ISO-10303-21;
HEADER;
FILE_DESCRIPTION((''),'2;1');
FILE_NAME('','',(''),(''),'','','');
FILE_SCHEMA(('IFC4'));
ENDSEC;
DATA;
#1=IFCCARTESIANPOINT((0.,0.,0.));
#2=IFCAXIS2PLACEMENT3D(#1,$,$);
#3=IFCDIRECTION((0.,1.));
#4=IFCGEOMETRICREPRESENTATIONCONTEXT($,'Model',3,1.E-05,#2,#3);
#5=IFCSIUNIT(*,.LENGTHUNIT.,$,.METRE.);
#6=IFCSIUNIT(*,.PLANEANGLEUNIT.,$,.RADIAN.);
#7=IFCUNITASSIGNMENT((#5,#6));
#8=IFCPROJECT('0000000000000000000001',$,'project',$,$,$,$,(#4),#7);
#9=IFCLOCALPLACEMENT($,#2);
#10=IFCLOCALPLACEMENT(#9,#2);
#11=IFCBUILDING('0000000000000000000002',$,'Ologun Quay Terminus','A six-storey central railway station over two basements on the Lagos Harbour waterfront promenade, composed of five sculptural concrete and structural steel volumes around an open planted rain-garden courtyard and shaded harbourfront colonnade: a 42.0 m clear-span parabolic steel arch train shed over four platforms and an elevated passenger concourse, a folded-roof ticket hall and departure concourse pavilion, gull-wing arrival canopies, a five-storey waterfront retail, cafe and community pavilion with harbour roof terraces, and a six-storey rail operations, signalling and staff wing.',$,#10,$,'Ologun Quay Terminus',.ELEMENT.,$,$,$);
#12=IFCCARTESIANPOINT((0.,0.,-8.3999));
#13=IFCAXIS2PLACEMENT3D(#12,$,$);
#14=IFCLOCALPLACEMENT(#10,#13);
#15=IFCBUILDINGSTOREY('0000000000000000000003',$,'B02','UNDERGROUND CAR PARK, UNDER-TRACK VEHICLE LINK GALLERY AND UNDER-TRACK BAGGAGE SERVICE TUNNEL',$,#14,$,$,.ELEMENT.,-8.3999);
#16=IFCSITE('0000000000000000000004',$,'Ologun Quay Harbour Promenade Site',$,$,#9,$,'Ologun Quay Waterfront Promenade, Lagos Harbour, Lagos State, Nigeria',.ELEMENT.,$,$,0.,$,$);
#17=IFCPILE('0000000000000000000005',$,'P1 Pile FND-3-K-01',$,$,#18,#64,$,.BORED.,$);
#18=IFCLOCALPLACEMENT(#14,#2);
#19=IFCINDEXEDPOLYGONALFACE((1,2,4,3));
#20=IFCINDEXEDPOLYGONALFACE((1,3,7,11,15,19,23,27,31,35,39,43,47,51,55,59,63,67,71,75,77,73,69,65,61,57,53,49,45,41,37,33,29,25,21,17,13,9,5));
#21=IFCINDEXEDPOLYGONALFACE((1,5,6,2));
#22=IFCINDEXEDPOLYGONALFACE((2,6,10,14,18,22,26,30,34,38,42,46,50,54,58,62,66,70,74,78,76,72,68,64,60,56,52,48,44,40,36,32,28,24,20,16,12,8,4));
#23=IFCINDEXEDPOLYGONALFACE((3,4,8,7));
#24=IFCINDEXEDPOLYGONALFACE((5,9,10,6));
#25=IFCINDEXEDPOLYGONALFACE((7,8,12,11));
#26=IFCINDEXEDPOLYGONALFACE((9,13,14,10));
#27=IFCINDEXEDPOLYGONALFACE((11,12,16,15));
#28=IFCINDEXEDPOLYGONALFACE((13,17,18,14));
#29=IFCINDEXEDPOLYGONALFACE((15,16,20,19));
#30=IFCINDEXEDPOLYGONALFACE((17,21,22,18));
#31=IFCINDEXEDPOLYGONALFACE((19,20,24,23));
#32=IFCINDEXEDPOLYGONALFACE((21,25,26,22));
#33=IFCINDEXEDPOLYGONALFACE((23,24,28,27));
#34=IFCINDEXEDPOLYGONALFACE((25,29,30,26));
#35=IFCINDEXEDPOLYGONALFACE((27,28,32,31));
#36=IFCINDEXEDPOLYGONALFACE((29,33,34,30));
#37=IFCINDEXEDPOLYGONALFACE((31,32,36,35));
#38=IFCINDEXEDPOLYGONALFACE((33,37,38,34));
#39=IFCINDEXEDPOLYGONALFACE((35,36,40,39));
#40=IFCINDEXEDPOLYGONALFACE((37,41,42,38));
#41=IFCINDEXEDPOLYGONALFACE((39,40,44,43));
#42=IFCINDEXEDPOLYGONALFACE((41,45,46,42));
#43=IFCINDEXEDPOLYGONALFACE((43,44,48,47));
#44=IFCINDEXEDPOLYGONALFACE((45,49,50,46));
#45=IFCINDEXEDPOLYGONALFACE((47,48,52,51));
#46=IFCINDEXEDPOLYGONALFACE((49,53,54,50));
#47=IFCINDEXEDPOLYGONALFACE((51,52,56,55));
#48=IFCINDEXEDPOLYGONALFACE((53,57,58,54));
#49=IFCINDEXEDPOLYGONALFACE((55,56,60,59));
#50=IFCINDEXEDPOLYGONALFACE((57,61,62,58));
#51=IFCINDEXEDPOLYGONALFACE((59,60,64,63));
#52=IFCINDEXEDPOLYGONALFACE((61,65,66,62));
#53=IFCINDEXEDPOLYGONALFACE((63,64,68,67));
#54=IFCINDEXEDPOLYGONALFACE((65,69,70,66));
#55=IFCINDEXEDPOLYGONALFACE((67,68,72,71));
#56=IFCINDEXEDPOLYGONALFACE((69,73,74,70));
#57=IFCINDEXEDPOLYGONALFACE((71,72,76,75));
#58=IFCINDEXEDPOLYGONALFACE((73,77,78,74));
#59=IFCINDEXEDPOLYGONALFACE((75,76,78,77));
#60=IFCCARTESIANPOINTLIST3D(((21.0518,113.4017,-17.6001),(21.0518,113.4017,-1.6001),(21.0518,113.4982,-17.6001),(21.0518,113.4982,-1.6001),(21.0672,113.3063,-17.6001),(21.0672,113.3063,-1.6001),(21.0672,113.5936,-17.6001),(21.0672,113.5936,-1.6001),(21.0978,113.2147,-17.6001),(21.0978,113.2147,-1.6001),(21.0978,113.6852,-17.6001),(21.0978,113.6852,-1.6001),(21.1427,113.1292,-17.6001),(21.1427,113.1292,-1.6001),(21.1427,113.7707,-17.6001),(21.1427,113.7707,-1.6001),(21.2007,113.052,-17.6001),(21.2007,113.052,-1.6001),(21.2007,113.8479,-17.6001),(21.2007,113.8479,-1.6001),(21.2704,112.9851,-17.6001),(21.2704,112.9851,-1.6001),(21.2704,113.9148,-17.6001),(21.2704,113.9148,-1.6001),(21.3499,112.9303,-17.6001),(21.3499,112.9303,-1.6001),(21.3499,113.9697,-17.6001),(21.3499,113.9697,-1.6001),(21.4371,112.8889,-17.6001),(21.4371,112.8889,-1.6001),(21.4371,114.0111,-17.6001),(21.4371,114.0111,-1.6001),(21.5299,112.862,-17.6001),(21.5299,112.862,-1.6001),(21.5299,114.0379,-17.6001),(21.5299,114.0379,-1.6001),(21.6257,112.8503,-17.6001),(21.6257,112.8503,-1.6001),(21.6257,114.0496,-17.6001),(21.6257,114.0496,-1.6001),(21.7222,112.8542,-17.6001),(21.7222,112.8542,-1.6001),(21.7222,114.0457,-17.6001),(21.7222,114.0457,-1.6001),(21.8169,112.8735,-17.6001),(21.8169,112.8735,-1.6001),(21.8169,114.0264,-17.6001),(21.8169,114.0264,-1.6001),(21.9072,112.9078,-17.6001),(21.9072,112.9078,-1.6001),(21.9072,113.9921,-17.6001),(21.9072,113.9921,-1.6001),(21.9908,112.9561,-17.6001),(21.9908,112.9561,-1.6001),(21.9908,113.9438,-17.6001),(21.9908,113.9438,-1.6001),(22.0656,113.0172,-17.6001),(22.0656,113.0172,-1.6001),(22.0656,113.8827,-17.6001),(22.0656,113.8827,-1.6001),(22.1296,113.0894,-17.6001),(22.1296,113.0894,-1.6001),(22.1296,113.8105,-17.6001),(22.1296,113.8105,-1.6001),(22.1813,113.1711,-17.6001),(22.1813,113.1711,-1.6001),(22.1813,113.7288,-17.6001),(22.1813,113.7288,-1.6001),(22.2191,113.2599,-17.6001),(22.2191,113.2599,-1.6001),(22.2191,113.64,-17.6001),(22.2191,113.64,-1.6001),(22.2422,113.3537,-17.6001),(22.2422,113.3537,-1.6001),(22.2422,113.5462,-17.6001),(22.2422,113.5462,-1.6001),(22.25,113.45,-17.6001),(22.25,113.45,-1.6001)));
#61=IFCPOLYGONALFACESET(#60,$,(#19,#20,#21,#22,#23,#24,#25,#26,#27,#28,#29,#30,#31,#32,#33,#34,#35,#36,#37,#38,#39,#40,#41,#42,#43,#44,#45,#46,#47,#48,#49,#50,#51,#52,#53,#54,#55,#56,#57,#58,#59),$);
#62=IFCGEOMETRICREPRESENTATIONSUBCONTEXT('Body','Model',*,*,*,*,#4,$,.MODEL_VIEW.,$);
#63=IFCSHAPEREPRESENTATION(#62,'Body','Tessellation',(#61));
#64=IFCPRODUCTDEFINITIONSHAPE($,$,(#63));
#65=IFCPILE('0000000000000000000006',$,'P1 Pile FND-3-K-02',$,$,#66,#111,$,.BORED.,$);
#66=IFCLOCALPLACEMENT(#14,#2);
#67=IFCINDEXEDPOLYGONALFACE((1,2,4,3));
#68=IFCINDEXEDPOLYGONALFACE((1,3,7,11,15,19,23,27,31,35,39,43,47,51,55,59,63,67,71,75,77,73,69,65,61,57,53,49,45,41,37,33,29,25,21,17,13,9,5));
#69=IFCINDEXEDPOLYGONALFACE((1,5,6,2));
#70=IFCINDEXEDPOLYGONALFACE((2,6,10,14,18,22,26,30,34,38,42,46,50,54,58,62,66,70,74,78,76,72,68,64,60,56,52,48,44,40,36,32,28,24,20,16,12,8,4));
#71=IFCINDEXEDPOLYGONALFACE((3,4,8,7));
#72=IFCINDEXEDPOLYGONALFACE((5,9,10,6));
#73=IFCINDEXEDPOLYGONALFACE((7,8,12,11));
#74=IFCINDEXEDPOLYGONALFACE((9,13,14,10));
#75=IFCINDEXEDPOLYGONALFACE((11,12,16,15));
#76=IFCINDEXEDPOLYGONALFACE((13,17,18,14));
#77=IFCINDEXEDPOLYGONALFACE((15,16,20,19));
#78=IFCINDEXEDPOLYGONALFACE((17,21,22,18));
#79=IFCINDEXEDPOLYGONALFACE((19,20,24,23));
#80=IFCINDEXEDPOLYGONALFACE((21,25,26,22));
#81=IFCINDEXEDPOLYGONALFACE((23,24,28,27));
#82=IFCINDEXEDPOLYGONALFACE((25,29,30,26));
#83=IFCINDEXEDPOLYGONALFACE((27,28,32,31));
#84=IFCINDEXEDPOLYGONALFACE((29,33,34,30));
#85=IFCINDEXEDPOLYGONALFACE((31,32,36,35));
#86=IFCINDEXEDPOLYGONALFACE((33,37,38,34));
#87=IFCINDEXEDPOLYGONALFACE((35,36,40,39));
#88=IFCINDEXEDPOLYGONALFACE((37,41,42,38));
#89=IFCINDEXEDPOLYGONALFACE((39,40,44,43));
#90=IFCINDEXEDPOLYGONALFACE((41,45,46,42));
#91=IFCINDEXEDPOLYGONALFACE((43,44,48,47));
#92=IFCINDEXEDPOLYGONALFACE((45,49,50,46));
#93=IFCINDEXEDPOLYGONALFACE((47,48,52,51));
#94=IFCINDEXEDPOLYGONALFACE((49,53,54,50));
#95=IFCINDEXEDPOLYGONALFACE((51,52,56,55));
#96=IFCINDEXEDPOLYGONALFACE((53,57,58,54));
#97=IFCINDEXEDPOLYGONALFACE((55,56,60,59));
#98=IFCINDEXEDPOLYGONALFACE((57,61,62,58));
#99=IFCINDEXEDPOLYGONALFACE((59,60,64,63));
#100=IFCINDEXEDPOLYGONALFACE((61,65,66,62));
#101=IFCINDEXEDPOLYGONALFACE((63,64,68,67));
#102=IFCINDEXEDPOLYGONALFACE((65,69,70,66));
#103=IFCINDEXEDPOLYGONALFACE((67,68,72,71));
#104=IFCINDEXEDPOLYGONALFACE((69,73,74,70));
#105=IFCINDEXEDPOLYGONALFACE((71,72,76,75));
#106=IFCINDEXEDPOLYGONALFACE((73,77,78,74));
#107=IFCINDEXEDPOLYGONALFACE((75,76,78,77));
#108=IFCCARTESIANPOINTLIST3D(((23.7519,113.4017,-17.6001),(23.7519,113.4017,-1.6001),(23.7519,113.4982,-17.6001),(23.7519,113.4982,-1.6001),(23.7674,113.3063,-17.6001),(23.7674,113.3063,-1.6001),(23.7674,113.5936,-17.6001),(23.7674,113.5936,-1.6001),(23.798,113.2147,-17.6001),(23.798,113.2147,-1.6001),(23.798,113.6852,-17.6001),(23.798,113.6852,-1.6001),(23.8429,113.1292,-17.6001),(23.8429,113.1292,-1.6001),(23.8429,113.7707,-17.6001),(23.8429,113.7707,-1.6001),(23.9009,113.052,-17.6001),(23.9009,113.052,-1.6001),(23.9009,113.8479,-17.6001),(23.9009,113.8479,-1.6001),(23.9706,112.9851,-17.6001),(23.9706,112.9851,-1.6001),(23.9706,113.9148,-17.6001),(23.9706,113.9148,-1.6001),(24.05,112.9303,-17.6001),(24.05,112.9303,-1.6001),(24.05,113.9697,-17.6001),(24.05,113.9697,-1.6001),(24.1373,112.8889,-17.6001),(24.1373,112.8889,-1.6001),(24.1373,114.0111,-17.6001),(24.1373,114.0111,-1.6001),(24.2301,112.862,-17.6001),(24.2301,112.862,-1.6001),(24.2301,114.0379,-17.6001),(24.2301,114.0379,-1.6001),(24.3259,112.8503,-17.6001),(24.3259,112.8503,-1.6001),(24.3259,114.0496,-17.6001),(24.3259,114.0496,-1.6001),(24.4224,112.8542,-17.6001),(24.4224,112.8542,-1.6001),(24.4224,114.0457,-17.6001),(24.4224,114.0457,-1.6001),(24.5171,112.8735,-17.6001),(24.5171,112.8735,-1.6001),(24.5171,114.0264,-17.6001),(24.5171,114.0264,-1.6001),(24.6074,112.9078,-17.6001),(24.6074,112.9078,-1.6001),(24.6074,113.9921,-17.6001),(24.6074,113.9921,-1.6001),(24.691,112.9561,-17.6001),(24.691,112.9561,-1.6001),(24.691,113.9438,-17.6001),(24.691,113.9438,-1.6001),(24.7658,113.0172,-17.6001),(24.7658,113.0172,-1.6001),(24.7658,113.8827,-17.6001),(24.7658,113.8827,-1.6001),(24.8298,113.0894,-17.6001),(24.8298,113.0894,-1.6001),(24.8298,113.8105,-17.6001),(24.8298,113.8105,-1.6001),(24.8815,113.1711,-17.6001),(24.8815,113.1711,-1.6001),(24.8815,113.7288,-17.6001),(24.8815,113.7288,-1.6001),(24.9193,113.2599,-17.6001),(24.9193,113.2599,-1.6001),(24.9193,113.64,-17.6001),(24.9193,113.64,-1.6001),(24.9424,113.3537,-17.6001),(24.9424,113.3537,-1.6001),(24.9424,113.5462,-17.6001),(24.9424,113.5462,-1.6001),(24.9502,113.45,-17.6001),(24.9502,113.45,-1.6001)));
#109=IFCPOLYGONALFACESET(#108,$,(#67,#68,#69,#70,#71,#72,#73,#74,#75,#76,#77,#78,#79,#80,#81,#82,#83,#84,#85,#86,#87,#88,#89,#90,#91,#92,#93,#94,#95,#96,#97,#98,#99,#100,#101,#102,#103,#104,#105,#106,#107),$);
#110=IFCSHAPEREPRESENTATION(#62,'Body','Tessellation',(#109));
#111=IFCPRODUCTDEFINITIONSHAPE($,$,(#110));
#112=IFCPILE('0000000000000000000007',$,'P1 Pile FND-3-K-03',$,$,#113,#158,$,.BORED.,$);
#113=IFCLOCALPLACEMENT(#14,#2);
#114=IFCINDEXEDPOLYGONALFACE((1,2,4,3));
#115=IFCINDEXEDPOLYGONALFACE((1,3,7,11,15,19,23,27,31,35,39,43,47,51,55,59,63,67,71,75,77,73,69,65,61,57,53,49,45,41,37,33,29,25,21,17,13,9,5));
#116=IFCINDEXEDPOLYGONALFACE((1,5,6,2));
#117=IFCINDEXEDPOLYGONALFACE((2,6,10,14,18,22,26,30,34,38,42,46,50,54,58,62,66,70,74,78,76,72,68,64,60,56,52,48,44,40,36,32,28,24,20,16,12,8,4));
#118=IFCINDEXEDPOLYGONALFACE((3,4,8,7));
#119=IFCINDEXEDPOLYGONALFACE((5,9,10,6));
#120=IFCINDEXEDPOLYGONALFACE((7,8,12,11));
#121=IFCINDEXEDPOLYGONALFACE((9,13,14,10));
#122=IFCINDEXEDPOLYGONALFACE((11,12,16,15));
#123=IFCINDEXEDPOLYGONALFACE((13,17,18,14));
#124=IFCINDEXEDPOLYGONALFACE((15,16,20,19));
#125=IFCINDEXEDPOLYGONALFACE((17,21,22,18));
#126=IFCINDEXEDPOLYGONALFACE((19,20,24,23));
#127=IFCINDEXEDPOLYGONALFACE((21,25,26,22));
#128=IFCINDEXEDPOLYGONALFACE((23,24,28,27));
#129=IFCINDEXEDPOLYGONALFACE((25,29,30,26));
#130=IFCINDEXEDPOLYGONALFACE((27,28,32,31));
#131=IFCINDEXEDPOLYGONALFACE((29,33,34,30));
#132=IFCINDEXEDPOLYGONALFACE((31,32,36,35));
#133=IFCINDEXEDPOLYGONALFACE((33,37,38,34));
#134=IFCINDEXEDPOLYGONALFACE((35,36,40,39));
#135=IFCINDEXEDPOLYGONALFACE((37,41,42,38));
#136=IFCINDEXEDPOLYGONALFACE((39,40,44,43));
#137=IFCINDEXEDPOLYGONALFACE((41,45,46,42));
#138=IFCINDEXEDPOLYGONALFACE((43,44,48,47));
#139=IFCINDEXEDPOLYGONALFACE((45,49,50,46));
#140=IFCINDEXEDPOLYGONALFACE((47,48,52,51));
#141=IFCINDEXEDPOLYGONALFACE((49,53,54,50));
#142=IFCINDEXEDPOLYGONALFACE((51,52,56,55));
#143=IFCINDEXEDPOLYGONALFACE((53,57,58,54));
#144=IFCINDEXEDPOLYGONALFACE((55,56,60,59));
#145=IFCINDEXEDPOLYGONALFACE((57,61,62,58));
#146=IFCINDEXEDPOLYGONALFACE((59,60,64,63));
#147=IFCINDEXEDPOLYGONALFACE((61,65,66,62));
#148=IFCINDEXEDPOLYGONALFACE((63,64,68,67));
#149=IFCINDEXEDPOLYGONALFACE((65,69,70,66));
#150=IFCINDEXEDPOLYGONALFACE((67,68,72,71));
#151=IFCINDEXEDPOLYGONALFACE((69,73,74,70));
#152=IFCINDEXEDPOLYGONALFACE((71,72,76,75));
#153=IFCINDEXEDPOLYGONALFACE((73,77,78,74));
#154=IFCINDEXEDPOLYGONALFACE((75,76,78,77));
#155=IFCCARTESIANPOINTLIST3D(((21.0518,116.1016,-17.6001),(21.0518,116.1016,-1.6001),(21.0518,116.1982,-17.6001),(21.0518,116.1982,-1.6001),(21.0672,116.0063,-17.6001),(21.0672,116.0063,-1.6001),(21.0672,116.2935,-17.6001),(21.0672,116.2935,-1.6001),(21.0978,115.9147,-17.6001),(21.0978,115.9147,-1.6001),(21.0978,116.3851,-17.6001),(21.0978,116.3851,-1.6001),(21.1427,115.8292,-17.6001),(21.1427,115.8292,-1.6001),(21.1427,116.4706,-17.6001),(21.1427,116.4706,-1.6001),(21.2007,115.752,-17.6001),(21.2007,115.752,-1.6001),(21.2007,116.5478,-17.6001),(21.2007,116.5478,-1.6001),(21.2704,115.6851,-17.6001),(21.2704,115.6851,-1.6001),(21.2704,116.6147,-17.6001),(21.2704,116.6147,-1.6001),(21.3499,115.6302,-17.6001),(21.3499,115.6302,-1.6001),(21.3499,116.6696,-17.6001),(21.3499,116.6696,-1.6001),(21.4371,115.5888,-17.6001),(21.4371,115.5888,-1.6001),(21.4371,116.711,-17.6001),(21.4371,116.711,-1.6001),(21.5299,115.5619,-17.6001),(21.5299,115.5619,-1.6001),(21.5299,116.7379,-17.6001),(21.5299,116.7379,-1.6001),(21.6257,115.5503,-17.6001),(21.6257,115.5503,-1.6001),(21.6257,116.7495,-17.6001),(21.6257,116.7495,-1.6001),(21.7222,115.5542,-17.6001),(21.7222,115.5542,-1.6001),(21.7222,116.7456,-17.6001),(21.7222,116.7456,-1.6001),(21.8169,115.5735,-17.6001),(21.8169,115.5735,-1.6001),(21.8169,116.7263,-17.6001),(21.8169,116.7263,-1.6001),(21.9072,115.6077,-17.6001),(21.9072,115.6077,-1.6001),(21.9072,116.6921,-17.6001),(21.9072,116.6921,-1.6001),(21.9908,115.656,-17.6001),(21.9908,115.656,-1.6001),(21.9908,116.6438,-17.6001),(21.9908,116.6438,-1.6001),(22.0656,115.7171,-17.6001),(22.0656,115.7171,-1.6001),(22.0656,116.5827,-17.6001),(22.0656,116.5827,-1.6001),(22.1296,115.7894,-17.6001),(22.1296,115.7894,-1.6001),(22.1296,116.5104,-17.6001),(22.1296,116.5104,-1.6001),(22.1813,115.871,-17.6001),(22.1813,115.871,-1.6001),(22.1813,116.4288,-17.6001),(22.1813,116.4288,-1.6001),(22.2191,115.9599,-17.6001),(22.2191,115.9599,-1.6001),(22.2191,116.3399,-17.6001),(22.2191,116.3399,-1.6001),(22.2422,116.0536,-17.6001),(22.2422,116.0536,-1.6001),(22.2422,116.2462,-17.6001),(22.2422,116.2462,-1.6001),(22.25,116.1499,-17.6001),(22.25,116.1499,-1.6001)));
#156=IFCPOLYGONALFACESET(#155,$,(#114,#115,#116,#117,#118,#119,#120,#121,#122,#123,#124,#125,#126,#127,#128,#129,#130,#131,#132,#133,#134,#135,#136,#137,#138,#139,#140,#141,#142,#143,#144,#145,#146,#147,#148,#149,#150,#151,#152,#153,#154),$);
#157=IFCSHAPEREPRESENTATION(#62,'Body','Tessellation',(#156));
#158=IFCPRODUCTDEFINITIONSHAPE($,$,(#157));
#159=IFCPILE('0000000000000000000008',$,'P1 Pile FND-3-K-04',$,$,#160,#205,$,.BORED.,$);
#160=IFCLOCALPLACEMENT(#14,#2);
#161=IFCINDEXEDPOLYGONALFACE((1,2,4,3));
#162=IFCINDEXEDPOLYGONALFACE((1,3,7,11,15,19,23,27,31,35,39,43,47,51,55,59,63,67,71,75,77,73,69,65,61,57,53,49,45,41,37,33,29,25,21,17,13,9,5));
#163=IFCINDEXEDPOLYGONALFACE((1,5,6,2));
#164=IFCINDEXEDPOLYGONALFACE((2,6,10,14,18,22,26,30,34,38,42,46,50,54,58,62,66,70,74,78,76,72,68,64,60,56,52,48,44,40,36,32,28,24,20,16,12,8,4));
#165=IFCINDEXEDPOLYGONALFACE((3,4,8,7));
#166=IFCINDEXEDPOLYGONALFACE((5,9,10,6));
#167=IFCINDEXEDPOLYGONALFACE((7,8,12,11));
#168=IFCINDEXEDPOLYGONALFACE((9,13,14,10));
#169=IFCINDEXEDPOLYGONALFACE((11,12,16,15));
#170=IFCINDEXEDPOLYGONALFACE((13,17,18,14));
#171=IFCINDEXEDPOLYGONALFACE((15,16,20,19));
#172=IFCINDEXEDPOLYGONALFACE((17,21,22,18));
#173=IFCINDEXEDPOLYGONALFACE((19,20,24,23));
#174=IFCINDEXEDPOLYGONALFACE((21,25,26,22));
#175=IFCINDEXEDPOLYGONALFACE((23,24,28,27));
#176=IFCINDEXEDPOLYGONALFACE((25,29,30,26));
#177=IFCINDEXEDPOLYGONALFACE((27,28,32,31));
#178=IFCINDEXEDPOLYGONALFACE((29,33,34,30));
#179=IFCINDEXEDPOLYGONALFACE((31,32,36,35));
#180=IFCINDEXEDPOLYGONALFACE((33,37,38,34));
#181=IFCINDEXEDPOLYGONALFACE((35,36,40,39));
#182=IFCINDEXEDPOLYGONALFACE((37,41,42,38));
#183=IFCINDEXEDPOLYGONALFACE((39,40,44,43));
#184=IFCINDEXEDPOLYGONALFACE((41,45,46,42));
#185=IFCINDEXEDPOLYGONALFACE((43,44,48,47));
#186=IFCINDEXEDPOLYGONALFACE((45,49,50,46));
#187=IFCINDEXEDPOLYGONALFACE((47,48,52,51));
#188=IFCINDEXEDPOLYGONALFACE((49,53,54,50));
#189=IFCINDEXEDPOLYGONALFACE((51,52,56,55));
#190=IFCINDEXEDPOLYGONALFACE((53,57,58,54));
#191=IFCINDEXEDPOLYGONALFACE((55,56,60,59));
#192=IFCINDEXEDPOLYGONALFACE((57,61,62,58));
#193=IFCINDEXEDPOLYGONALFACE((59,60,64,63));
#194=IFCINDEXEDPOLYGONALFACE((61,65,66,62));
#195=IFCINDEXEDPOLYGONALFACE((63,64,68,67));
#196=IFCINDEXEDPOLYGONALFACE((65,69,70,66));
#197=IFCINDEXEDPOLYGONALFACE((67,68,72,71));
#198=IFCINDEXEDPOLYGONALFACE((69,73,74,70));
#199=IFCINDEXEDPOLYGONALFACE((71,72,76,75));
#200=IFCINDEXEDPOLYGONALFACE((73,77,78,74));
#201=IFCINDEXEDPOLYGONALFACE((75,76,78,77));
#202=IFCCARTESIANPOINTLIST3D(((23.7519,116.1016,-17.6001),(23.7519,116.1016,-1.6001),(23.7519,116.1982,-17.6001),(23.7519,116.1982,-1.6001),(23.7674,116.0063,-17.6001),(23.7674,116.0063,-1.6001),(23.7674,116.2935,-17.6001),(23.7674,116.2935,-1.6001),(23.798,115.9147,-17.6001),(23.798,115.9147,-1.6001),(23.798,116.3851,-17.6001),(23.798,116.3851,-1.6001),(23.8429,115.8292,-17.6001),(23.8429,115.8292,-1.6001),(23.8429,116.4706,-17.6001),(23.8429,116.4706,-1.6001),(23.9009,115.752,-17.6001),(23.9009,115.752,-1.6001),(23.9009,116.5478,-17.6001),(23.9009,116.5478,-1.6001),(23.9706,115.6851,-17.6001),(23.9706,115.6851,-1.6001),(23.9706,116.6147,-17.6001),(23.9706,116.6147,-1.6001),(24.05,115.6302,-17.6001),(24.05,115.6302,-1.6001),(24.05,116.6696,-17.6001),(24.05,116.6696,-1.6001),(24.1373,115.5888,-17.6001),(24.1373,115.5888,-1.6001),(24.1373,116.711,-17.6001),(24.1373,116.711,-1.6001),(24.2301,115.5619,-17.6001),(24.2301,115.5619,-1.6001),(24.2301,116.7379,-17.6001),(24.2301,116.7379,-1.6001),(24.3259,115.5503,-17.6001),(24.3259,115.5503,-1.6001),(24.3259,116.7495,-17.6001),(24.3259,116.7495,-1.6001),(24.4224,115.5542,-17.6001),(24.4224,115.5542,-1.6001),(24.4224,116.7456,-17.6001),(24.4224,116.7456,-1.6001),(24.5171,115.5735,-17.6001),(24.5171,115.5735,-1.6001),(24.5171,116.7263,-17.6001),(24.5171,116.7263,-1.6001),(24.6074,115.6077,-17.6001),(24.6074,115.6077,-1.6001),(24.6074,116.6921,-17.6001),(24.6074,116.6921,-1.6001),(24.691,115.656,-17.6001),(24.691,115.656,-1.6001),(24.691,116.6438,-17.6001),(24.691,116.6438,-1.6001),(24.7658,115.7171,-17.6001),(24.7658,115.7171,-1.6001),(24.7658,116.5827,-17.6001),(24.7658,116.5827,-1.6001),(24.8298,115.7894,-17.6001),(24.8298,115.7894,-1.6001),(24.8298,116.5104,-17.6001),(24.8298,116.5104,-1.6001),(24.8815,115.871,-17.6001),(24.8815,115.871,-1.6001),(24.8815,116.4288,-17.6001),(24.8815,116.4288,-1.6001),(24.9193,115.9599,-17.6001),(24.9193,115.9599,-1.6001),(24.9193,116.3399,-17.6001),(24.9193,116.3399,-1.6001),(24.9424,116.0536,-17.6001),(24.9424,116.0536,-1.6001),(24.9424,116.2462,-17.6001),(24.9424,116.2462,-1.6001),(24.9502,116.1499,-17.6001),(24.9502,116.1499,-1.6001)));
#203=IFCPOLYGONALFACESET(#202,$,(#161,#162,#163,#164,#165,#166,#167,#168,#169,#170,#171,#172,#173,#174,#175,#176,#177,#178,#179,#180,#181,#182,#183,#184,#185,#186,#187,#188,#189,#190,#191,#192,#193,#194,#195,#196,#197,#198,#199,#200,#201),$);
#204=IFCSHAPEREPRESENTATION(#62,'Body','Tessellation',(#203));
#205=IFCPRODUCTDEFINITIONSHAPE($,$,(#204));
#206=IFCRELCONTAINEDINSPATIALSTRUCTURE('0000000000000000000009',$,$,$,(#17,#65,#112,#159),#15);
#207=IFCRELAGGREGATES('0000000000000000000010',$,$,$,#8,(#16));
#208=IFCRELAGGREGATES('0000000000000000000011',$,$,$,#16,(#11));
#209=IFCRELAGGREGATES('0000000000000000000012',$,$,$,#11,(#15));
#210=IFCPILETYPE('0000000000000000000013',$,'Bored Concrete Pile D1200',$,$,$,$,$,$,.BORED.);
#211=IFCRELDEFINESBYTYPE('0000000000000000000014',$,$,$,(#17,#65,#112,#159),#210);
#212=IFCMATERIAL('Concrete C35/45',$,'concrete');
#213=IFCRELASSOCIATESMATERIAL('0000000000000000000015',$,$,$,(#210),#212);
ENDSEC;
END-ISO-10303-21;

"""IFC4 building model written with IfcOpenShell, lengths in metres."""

from ifc_helpers import new_model, si_unit, direction, frame, origin, origin_2d, place, context, subcontext, project, spatial, circle, extrude, material, material_profile, profile_set, type_object, element, save


model = new_model("IFC4")

# Units and contexts
model_context = context("Model", 3, precision=1e-05, world=origin(), true_north=direction((0.0, 1.0)))
body_context = subcontext(model_context, "Body", "Model", "MODEL_VIEW")
ifc_project = project(units=[si_unit("LENGTHUNIT", "METRE"), si_unit("PLANEANGLEUNIT", "RADIAN")], contexts=[model_context])

# Site, building, storey
site_placement = place(None, origin())
site = spatial("IfcSite", under=ifc_project, at=site_placement, Name="Ologun Quay Harbour Promenade Site", LongName="Ologun Quay Waterfront Promenade, Lagos Harbour, Lagos State, Nigeria", CompositionType="ELEMENT", RefElevation=0.0)
building_placement = place(site_placement, origin())
building = spatial("IfcBuilding", under=site, at=building_placement, Name="Ologun Quay Terminus", Description="A six-storey central railway station over two basements on the Lagos Harbour waterfront promenade, composed of five sculptural concrete and structural steel volumes around an open planted rain-garden courtyard and shaded harbourfront colonnade: a 42.0 m clear-span parabolic steel arch train shed over four platforms and an elevated passenger concourse, a folded-roof ticket hall and departure concourse pavilion, gull-wing arrival canopies, a five-storey waterfront retail, cafe and community pavilion with harbour roof terraces, and a six-storey rail operations, signalling and staff wing.", LongName="Ologun Quay Terminus", CompositionType="ELEMENT")
storey_placement = place(building_placement, frame((0.0, 0.0, -8.3999)))
storey = spatial("IfcBuildingStorey", under=building, at=storey_placement, Name="B02", Description="UNDERGROUND CAR PARK, UNDER-TRACK VEHICLE LINK GALLERY AND UNDER-TRACK BAGGAGE SERVICE TUNNEL", CompositionType="ELEMENT", Elevation=-8.3999)

# Piles
ifc_material_1 = material(Name="Concrete C35/45", Category="concrete")
ifc_material_profile_1 = material_profile(ifc_material_1, circle(Radius=0.6001, at=origin_2d()), Name="PILE D1200")
ifc_profile_set_1 = profile_set([ifc_material_profile_1], Name="Concrete C35/45")
pile_type_1 = type_object("IfcPileType", Name="Bored Concrete Pile D1200", PredefinedType="BORED", material=ifc_profile_set_1)
for number, where, z_axis, x_axis, name in (
    (1, (21.6499, 113.45, -1.6001), (0.0, 0.0, -1.0), (1.0, 0.0, 0.0), "P1 Pile FND-3-K-01"),
    (2, (24.3501, 113.45, -1.6001), (0.0, 0.0, -1.0), (1.0, 0.0, 0.0), "P1 Pile FND-3-K-02"),
    (3, (21.6499, 116.1499, -1.6001), (0.0, 0.0, -1.0), (1.0, 0.0, 0.0), "P1 Pile FND-3-K-03"),
    (4, (24.3501, 116.1499, -1.6001), (0.0, 0.0, -1.0), (1.0, 0.0, 0.0), "P1 Pile FND-3-K-04"),
):
    element("IfcPile", number, at=place(storey_placement, frame(where, z_axis=z_axis, x_axis=x_axis)), inside=storey, type_object=pile_type_1, Name=name, PredefinedType="BORED", context=body_context, shape_type="SweptSolid", body=[
        extrude(circle(Radius=0.6001, at=origin_2d()), origin(), (0.0, 0.0, 1.0), 16.0),
    ])

save(model, "model.ifc")
